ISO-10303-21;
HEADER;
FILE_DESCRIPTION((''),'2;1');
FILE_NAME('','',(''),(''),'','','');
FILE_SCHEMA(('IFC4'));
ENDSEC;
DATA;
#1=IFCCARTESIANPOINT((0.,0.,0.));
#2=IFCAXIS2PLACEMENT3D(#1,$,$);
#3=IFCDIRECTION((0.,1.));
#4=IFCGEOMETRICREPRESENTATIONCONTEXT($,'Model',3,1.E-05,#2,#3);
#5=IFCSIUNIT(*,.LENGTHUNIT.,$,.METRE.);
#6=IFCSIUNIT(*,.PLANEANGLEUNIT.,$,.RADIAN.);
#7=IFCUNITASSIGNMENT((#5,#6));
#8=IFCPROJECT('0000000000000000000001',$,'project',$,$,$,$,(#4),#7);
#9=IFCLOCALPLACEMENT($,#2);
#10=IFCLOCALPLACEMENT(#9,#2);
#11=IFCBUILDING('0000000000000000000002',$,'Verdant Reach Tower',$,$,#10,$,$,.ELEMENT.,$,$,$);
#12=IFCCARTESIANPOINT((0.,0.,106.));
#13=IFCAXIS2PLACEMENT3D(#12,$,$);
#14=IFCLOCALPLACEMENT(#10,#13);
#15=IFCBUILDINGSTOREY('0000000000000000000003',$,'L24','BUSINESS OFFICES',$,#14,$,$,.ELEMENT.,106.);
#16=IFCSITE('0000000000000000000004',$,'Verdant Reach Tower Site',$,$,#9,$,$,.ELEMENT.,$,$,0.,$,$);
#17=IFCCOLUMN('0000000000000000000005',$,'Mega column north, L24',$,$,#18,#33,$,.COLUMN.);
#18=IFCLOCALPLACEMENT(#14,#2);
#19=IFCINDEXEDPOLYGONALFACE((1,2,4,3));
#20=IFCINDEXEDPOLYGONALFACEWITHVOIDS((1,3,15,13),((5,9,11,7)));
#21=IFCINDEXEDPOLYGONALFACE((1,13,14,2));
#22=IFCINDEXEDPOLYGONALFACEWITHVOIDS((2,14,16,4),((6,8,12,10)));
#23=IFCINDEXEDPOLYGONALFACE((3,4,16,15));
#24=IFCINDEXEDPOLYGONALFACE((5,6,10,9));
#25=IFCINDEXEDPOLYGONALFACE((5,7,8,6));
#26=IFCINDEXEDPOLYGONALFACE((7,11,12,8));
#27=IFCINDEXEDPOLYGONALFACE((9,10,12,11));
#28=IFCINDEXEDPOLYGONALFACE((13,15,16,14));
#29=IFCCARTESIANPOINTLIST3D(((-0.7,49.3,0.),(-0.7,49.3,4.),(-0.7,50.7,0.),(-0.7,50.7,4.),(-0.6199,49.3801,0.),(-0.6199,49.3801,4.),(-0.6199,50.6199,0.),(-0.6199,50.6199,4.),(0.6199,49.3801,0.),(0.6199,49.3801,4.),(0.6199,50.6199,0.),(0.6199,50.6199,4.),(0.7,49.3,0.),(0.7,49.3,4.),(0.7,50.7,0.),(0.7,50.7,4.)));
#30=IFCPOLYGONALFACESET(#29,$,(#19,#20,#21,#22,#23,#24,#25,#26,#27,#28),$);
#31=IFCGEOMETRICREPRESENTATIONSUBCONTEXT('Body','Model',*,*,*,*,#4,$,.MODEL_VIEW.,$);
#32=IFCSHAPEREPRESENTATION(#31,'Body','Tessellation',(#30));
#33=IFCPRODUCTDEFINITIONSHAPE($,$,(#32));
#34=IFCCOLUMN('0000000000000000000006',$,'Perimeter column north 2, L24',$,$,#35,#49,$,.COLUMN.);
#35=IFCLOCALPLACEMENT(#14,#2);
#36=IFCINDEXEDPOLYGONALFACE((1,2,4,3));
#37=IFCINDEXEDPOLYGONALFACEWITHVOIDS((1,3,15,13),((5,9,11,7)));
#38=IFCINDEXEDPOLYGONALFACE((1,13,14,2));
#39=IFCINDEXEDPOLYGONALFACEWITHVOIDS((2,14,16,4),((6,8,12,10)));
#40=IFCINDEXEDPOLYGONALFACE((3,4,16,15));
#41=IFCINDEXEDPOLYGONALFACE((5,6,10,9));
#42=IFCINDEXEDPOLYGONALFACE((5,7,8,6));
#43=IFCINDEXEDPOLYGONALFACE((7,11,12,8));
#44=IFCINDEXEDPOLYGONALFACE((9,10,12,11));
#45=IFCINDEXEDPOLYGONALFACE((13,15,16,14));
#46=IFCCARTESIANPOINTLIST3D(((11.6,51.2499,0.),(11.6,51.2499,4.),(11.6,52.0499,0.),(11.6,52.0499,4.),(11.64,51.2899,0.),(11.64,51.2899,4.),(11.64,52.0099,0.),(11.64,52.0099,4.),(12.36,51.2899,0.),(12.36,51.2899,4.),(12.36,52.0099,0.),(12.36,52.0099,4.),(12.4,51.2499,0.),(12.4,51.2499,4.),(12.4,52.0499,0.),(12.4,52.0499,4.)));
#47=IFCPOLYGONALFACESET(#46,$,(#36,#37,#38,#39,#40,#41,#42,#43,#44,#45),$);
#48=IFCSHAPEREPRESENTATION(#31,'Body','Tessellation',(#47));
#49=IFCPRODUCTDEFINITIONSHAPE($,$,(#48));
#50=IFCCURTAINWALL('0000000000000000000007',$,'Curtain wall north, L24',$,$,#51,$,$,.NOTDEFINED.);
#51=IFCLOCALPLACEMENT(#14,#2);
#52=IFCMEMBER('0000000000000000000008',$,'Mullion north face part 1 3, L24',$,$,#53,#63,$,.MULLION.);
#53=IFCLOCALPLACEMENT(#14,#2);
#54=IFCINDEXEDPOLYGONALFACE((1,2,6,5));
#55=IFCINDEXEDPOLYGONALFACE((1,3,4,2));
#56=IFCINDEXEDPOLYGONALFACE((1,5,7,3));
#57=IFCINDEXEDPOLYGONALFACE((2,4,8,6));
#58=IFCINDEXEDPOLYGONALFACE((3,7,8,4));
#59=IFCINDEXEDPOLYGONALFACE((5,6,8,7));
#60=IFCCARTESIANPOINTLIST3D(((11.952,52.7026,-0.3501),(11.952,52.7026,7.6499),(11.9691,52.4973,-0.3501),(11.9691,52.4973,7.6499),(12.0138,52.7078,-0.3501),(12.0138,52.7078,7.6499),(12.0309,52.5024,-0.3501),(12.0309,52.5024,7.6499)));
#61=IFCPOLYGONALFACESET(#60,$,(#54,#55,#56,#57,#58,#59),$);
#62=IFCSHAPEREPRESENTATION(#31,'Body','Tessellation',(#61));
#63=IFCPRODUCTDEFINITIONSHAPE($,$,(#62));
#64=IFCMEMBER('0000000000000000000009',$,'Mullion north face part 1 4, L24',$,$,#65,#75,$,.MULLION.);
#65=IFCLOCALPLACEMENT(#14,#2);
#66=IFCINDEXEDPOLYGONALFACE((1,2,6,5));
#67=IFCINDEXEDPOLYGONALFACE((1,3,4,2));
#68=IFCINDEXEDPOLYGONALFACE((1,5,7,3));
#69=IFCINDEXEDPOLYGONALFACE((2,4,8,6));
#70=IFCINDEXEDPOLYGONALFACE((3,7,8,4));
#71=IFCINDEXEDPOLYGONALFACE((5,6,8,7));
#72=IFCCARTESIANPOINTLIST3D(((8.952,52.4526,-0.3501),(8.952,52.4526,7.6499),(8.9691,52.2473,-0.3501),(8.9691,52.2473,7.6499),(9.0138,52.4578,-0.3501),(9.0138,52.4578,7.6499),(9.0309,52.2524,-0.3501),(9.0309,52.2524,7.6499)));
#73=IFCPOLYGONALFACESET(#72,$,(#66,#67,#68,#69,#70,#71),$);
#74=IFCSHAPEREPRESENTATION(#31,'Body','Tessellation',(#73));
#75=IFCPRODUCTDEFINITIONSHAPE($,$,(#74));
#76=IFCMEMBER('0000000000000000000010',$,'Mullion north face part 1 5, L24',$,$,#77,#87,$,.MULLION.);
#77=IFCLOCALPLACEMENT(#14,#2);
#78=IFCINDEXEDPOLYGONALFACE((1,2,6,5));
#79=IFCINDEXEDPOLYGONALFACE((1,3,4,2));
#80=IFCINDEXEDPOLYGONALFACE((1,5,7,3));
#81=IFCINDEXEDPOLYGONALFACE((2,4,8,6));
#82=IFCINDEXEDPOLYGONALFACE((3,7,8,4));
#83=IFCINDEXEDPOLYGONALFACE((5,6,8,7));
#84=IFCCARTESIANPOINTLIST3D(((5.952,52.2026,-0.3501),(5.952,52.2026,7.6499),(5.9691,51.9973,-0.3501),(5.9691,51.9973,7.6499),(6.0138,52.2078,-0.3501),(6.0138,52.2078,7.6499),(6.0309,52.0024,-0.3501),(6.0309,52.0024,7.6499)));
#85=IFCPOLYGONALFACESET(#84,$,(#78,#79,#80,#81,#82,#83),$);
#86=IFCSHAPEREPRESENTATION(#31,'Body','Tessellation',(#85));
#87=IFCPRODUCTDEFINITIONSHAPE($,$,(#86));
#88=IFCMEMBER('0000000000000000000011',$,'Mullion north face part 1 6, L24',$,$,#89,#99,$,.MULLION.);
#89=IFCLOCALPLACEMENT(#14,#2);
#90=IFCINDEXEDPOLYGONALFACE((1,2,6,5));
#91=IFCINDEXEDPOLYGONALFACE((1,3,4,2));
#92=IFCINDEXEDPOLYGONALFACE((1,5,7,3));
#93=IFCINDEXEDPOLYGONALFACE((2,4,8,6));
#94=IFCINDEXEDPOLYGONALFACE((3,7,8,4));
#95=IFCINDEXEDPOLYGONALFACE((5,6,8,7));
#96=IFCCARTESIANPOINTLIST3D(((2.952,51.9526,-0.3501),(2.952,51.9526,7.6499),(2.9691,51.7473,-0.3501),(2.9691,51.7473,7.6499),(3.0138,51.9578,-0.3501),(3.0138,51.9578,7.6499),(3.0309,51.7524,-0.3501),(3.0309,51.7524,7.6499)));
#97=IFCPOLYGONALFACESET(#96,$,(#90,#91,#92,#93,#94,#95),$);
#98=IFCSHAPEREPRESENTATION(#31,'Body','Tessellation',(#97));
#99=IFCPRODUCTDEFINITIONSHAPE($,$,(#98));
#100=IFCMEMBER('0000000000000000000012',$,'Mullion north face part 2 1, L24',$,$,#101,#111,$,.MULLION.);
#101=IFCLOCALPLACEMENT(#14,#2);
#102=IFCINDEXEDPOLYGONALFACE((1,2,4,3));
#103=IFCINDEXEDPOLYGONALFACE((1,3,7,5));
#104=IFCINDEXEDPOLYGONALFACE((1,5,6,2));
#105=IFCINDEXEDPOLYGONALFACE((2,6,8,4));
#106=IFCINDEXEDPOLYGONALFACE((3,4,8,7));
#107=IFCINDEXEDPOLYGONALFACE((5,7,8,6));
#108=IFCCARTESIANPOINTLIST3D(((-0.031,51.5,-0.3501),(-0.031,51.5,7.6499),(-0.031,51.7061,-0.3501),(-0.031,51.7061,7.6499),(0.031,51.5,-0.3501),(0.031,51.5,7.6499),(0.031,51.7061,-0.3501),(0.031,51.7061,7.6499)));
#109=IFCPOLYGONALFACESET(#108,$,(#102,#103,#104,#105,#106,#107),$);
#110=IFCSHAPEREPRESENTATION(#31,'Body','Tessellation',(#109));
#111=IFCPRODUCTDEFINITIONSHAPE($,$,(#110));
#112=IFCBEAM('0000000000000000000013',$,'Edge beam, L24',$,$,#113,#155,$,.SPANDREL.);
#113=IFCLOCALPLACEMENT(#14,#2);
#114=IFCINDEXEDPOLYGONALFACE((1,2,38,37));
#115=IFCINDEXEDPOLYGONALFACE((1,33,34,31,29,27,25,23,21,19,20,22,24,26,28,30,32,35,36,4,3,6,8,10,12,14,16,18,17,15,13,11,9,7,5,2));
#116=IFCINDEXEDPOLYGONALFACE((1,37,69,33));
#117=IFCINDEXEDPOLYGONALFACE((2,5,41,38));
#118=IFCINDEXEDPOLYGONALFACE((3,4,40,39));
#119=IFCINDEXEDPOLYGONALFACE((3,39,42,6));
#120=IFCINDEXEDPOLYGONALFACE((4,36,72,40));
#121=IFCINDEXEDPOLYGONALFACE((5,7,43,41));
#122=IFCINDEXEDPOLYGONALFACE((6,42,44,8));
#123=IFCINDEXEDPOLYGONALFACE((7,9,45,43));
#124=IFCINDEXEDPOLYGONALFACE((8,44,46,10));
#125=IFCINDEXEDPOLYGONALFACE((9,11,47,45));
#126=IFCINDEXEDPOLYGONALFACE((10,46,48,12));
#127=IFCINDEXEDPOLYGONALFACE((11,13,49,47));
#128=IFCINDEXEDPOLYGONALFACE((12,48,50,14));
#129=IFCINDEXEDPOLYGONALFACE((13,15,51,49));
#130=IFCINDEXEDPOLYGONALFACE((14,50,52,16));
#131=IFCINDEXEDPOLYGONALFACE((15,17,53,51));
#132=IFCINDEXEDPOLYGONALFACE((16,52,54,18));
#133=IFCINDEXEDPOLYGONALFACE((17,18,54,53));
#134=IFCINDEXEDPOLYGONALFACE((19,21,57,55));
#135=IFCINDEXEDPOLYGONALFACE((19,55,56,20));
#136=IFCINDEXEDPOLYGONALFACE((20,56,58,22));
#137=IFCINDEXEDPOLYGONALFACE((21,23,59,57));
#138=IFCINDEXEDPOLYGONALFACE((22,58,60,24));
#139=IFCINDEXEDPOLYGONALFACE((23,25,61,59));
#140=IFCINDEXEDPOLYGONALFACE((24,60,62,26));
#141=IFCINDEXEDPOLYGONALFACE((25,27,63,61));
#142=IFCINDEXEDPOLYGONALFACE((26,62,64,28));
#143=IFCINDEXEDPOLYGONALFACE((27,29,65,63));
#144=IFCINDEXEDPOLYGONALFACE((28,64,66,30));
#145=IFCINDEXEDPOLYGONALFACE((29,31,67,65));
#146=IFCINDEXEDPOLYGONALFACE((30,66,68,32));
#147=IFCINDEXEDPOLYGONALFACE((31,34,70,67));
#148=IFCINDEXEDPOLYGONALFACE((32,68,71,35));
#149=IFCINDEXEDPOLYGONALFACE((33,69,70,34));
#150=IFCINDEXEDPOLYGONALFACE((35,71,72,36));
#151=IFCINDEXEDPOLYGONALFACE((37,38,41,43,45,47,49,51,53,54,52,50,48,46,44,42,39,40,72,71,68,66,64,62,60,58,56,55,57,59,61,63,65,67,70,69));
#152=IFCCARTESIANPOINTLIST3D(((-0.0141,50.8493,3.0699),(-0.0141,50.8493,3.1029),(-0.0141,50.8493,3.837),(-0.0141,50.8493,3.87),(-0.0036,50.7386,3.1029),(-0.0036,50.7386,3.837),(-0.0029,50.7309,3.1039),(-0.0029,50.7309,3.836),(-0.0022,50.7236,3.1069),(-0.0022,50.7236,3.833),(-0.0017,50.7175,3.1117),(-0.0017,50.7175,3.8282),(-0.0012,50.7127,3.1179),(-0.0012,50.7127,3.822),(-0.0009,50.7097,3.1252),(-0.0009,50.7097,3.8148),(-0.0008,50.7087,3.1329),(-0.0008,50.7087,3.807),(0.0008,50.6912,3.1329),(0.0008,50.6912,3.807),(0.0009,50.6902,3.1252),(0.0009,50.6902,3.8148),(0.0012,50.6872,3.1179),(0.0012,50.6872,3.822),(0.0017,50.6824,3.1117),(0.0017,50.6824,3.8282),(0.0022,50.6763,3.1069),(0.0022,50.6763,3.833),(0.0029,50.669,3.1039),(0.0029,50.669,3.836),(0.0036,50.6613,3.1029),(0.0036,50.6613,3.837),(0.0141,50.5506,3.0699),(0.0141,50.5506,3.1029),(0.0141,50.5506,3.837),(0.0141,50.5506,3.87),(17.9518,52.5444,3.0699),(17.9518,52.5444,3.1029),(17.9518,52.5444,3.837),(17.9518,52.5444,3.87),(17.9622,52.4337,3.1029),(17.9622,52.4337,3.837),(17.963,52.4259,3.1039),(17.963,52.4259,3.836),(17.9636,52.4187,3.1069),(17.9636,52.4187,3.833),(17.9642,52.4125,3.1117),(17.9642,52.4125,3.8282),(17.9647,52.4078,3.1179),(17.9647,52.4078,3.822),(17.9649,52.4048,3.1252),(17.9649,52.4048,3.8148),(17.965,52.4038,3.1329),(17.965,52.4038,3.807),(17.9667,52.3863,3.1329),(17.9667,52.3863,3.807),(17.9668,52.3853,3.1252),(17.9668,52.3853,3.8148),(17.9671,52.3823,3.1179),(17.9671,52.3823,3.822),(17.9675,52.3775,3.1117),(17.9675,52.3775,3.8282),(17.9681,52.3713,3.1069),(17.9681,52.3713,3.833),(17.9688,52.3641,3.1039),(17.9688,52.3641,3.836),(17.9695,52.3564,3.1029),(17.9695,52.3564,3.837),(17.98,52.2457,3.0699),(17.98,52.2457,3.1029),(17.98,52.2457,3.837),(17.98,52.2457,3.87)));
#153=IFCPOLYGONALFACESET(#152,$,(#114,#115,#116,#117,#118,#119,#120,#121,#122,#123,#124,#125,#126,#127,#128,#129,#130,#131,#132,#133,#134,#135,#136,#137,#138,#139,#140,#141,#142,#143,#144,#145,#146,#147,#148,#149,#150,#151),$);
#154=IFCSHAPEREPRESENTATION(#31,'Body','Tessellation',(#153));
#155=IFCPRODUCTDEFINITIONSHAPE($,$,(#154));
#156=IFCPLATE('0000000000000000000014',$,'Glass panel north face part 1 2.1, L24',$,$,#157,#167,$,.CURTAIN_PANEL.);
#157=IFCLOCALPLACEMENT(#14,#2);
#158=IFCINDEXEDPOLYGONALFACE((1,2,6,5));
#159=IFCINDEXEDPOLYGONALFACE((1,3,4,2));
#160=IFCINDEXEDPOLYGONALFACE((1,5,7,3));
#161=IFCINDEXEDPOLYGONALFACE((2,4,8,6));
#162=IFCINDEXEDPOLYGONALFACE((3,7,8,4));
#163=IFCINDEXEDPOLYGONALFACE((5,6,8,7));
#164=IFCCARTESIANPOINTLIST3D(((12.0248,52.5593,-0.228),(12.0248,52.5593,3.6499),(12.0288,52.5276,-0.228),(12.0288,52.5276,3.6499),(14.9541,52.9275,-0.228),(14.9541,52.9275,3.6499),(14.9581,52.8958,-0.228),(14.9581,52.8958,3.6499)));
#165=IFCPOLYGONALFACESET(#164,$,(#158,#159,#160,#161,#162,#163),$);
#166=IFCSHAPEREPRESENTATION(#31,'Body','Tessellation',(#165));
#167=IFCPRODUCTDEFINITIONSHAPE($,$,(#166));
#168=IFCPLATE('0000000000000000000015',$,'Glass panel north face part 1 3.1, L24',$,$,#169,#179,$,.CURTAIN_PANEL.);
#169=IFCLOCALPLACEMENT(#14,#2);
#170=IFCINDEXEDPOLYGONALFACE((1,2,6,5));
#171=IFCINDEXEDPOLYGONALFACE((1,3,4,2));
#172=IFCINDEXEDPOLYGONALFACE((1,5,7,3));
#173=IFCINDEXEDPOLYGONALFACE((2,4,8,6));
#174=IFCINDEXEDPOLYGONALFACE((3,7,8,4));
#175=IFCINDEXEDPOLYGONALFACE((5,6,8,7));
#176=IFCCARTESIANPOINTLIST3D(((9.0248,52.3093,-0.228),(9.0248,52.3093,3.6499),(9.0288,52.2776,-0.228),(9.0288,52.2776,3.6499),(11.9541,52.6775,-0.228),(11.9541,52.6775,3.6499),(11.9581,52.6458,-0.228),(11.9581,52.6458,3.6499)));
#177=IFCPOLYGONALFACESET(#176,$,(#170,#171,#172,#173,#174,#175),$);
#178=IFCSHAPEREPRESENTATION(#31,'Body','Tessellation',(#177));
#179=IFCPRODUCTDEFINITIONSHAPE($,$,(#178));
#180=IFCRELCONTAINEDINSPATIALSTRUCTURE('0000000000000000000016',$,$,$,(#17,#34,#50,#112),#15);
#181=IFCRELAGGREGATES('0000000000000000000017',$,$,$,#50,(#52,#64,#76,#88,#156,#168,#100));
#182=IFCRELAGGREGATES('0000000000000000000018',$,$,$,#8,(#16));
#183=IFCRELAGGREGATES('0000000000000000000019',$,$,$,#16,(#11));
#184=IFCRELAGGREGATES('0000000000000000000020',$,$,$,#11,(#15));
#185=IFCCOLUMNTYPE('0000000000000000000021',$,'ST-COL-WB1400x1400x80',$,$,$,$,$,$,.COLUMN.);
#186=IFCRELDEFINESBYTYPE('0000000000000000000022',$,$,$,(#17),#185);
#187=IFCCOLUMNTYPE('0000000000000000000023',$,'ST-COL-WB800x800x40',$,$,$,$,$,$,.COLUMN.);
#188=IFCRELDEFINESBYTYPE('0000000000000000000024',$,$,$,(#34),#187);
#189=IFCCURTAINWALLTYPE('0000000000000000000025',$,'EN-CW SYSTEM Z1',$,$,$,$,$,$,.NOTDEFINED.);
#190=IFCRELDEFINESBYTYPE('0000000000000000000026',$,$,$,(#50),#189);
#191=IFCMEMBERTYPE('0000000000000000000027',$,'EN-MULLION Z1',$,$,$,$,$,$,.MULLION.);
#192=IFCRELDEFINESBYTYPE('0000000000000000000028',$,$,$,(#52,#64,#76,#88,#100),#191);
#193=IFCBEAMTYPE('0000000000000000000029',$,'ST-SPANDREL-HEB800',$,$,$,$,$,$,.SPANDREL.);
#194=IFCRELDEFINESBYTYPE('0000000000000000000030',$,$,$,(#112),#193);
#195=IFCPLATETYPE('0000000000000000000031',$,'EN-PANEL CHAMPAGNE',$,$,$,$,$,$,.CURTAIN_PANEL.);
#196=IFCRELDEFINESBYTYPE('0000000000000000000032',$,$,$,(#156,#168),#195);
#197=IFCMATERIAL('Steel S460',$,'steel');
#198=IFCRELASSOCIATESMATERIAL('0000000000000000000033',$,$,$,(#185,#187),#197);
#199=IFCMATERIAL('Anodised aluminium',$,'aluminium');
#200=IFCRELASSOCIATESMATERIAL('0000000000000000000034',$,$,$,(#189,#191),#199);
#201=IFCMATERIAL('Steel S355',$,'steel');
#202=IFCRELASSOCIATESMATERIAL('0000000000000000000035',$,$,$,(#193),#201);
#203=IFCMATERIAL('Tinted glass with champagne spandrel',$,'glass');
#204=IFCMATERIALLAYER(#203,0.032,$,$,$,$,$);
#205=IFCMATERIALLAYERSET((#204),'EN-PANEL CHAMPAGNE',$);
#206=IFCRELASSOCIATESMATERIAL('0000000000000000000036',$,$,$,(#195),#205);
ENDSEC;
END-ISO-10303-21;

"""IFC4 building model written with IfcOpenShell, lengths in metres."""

from ifc_helpers import new_model, si_unit, direction, frame, origin, origin_2d, place, context, subcontext, project, spatial, rectangle, hollow_rectangle, i_section, extrude, material, layer, layer_set, material_profile, profile_set, type_object, element, aggregate, save


model = new_model("IFC4")

# Units and contexts
model_context = context("Model", 3, precision=1e-05, world=origin(), true_north=direction((0.0, 1.0)))
body_context = subcontext(model_context, "Body", "Model", "MODEL_VIEW")
ifc_project = project(units=[si_unit("LENGTHUNIT", "METRE"), si_unit("PLANEANGLEUNIT", "RADIAN")], contexts=[model_context])

# Site, building, storey
site_placement = place(None, origin())
site = spatial("IfcSite", under=ifc_project, at=site_placement, Name="Verdant Reach Tower Site", CompositionType="ELEMENT", RefElevation=0.0)
building_placement = place(site_placement, origin())
building = spatial("IfcBuilding", under=site, at=building_placement, Name="Verdant Reach Tower", CompositionType="ELEMENT")
storey_placement = place(building_placement, frame((0.0, 0.0, 106.0)))
storey = spatial("IfcBuildingStorey", under=building, at=storey_placement, Name="L24", Description="BUSINESS OFFICES", CompositionType="ELEMENT", Elevation=106.0)

# Columns
ifc_material_1 = material(Name="Steel S460", Category="steel")
ifc_material_profile_1 = material_profile(ifc_material_1, hollow_rectangle(XDim=1.3999, YDim=1.3999, WallThickness=0.0801, at=origin_2d()), Name="WB 1400x1400x80")
ifc_profile_set_1 = profile_set([ifc_material_profile_1], Name="Steel S460")
column_type_1 = type_object("IfcColumnType", Name="ST-COL-WB1400x1400x80", PredefinedType="COLUMN", material=ifc_profile_set_1)
column_1_placement = place(storey_placement, frame((0.0, 50.0, 0.0), z_axis=(0.0, 0.0, 1.0), x_axis=(1.0, 0.0, 0.0)))
element("IfcColumn", 1, at=column_1_placement, inside=storey, type_object=column_type_1, Name="Mega column north, L24", PredefinedType="COLUMN", context=body_context, shape_type="SweptSolid", body=[
    extrude(hollow_rectangle(XDim=1.3999, YDim=1.3999, WallThickness=0.0801, at=origin_2d()), origin(), (0.0, 0.0, 1.0), 4.0),
])
ifc_material_profile_2 = material_profile(ifc_material_1, hollow_rectangle(XDim=0.8, YDim=0.8, WallThickness=0.04, at=origin_2d()), Name="WB 800x800x40")
ifc_profile_set_2 = profile_set([ifc_material_profile_2], Name="Steel S460")
column_type_2 = type_object("IfcColumnType", Name="ST-COL-WB800x800x40", PredefinedType="COLUMN", material=ifc_profile_set_2)
column_2_placement = place(storey_placement, frame((12.0, 51.6499, 0.0), z_axis=(0.0, 0.0, 1.0), x_axis=(1.0, 0.0, 0.0)))
element("IfcColumn", 2, at=column_2_placement, inside=storey, type_object=column_type_2, Name="Perimeter column north 2, L24", PredefinedType="COLUMN", context=body_context, shape_type="SweptSolid", body=[
    extrude(hollow_rectangle(XDim=0.8, YDim=0.8, WallThickness=0.04, at=origin_2d()), origin(), (0.0, 0.0, 1.0), 4.0),
])

# Curtain wall, members
ifc_material_2 = material(Name="Anodised aluminium", Category="aluminium")
curtain_wall_type = type_object("IfcCurtainWallType", Name="EN-CW SYSTEM Z1", PredefinedType="NOTDEFINED", material=ifc_material_2)
curtain_wall_placement = place(storey_placement, origin())
curtain_wall = element("IfcCurtainWall", 3, at=curtain_wall_placement, inside=storey, type_object=curtain_wall_type, Name="Curtain wall north, L24", PredefinedType="NOTDEFINED")
ifc_material_profile_3 = material_profile(ifc_material_2, rectangle(XDim=0.2061, YDim=0.062, at=origin_2d()), Name="Mullion 62x206")
ifc_profile_set_3 = profile_set([ifc_material_profile_3], Name="Anodised aluminium")
member_type = type_object("IfcMemberType", Name="EN-MULLION Z1", PredefinedType="MULLION", material=ifc_profile_set_3)
member_1_placement = place(storey_placement, frame((11.9915, 52.6025, -0.3501), z_axis=(0.0, 0.0, 1.0), x_axis=(-0.083045, 0.996546, 0.0)))
member_1 = element("IfcMember", 4, at=member_1_placement, type_object=member_type, Name="Mullion north face part 1 3, L24", PredefinedType="MULLION", context=body_context, shape_type="SweptSolid", body=[
    extrude(rectangle(XDim=0.2061, YDim=0.062, at=origin_2d()), origin(), (0.0, 0.0, 1.0), 8.0),
])
member_2_placement = place(storey_placement, frame((8.9915, 52.3525, -0.3501), z_axis=(0.0, 0.0, 1.0), x_axis=(-0.083045, 0.996546, 0.0)))
member_2 = element("IfcMember", 5, at=member_2_placement, type_object=member_type, Name="Mullion north face part 1 4, L24", PredefinedType="MULLION", context=body_context, shape_type="SweptSolid", body=[
    extrude(rectangle(XDim=0.2061, YDim=0.062, at=origin_2d()), origin(), (0.0, 0.0, 1.0), 8.0),
])
member_3_placement = place(storey_placement, frame((5.9915, 52.1025, -0.3501), z_axis=(0.0, 0.0, 1.0), x_axis=(-0.083045, 0.996546, 0.0)))
member_3 = element("IfcMember", 6, at=member_3_placement, type_object=member_type, Name="Mullion north face part 1 5, L24", PredefinedType="MULLION", context=body_context, shape_type="SweptSolid", body=[
    extrude(rectangle(XDim=0.2061, YDim=0.062, at=origin_2d()), origin(), (0.0, 0.0, 1.0), 8.0),
])
member_4_placement = place(storey_placement, frame((2.9915, 51.8525, -0.3501), z_axis=(0.0, 0.0, 1.0), x_axis=(-0.083045, 0.996546, 0.0)))
member_4 = element("IfcMember", 7, at=member_4_placement, type_object=member_type, Name="Mullion north face part 1 6, L24", PredefinedType="MULLION", context=body_context, shape_type="SweptSolid", body=[
    extrude(rectangle(XDim=0.2061, YDim=0.062, at=origin_2d()), origin(), (0.0, 0.0, 1.0), 8.0),
])
member_5_placement = place(storey_placement, frame((0.0, 51.603, -0.3501), z_axis=(0.0, 0.0, 1.0), x_axis=(0.0, 1.0, 0.0)))
member_5 = element("IfcMember", 8, at=member_5_placement, type_object=member_type, Name="Mullion north face part 2 1, L24", PredefinedType="MULLION", context=body_context, shape_type="SweptSolid", body=[
    extrude(rectangle(XDim=0.2061, YDim=0.062, at=origin_2d()), origin(), (0.0, 0.0, 1.0), 8.0),
])

# Beam
ifc_material_3 = material(Name="Steel S355", Category="steel")
ifc_material_profile_4 = material_profile(ifc_material_3, i_section(OverallWidth=0.3, OverallDepth=0.8, WebThickness=0.0176, FlangeThickness=0.033, FilletRadius=0.03, at=origin_2d()), Name="HEB 800")
ifc_profile_set_4 = profile_set([ifc_material_profile_4], Name="Steel S355")
beam_type = type_object("IfcBeamType", Name="ST-SPANDREL-HEB800", PredefinedType="SPANDREL", material=ifc_profile_set_4)
beam_placement = place(storey_placement, frame((0.0, 50.7, 3.47), z_axis=(0.995579, 0.093932, 0.0), x_axis=(-0.093932, 0.995579, 0.0)))
element("IfcBeam", 9, at=beam_placement, inside=storey, type_object=beam_type, Name="Edge beam, L24", PredefinedType="SPANDREL", context=body_context, shape_type="SweptSolid", body=[
    extrude(i_section(OverallWidth=0.3, OverallDepth=0.8, WebThickness=0.0176, FlangeThickness=0.033, FilletRadius=0.03, at=origin_2d()), origin(), (0.0, 0.0, 1.0), 18.0457),
])

# Plates
ifc_material_4 = material(Name="Tinted glass with champagne spandrel", Category="glass")
ifc_layer_1 = layer(ifc_material_4, 0.032)
ifc_layer_set_1 = layer_set([ifc_layer_1], Name="EN-PANEL CHAMPAGNE")
plate_type_1 = type_object("IfcPlateType", Name="EN-PANEL CHAMPAGNE", PredefinedType="CURTAIN_PANEL", material=ifc_layer_set_1)
plate_1_placement = place(storey_placement, frame((13.4915, 52.7275, -0.228), z_axis=(0.0, 0.0, 1.0), x_axis=(-0.992194, -0.124704, 0.0)))
plate_1 = element("IfcPlate", 10, at=plate_1_placement, type_object=plate_type_1, Name="Glass panel north face part 1 2.1, L24", PredefinedType="CURTAIN_PANEL", context=body_context, shape_type="SweptSolid", body=[
    extrude(rectangle(XDim=2.9524, YDim=0.032, at=origin_2d()), origin(), (0.0, 0.0, 1.0), 3.8779),
])
plate_2_placement = place(storey_placement, frame((10.4915, 52.4775, -0.228), z_axis=(0.0, 0.0, 1.0), x_axis=(-0.992194, -0.124704, 0.0)))
plate_2 = element("IfcPlate", 11, at=plate_2_placement, type_object=plate_type_1, Name="Glass panel north face part 1 3.1, L24", PredefinedType="CURTAIN_PANEL", context=body_context, shape_type="SweptSolid", body=[
    extrude(rectangle(XDim=2.9524, YDim=0.032, at=origin_2d()), origin(), (0.0, 0.0, 1.0), 3.8779),
])
aggregate(curtain_wall, [member_1, member_2, member_3, member_4, plate_1, plate_2, member_5])

save(model, "model.ifc")
